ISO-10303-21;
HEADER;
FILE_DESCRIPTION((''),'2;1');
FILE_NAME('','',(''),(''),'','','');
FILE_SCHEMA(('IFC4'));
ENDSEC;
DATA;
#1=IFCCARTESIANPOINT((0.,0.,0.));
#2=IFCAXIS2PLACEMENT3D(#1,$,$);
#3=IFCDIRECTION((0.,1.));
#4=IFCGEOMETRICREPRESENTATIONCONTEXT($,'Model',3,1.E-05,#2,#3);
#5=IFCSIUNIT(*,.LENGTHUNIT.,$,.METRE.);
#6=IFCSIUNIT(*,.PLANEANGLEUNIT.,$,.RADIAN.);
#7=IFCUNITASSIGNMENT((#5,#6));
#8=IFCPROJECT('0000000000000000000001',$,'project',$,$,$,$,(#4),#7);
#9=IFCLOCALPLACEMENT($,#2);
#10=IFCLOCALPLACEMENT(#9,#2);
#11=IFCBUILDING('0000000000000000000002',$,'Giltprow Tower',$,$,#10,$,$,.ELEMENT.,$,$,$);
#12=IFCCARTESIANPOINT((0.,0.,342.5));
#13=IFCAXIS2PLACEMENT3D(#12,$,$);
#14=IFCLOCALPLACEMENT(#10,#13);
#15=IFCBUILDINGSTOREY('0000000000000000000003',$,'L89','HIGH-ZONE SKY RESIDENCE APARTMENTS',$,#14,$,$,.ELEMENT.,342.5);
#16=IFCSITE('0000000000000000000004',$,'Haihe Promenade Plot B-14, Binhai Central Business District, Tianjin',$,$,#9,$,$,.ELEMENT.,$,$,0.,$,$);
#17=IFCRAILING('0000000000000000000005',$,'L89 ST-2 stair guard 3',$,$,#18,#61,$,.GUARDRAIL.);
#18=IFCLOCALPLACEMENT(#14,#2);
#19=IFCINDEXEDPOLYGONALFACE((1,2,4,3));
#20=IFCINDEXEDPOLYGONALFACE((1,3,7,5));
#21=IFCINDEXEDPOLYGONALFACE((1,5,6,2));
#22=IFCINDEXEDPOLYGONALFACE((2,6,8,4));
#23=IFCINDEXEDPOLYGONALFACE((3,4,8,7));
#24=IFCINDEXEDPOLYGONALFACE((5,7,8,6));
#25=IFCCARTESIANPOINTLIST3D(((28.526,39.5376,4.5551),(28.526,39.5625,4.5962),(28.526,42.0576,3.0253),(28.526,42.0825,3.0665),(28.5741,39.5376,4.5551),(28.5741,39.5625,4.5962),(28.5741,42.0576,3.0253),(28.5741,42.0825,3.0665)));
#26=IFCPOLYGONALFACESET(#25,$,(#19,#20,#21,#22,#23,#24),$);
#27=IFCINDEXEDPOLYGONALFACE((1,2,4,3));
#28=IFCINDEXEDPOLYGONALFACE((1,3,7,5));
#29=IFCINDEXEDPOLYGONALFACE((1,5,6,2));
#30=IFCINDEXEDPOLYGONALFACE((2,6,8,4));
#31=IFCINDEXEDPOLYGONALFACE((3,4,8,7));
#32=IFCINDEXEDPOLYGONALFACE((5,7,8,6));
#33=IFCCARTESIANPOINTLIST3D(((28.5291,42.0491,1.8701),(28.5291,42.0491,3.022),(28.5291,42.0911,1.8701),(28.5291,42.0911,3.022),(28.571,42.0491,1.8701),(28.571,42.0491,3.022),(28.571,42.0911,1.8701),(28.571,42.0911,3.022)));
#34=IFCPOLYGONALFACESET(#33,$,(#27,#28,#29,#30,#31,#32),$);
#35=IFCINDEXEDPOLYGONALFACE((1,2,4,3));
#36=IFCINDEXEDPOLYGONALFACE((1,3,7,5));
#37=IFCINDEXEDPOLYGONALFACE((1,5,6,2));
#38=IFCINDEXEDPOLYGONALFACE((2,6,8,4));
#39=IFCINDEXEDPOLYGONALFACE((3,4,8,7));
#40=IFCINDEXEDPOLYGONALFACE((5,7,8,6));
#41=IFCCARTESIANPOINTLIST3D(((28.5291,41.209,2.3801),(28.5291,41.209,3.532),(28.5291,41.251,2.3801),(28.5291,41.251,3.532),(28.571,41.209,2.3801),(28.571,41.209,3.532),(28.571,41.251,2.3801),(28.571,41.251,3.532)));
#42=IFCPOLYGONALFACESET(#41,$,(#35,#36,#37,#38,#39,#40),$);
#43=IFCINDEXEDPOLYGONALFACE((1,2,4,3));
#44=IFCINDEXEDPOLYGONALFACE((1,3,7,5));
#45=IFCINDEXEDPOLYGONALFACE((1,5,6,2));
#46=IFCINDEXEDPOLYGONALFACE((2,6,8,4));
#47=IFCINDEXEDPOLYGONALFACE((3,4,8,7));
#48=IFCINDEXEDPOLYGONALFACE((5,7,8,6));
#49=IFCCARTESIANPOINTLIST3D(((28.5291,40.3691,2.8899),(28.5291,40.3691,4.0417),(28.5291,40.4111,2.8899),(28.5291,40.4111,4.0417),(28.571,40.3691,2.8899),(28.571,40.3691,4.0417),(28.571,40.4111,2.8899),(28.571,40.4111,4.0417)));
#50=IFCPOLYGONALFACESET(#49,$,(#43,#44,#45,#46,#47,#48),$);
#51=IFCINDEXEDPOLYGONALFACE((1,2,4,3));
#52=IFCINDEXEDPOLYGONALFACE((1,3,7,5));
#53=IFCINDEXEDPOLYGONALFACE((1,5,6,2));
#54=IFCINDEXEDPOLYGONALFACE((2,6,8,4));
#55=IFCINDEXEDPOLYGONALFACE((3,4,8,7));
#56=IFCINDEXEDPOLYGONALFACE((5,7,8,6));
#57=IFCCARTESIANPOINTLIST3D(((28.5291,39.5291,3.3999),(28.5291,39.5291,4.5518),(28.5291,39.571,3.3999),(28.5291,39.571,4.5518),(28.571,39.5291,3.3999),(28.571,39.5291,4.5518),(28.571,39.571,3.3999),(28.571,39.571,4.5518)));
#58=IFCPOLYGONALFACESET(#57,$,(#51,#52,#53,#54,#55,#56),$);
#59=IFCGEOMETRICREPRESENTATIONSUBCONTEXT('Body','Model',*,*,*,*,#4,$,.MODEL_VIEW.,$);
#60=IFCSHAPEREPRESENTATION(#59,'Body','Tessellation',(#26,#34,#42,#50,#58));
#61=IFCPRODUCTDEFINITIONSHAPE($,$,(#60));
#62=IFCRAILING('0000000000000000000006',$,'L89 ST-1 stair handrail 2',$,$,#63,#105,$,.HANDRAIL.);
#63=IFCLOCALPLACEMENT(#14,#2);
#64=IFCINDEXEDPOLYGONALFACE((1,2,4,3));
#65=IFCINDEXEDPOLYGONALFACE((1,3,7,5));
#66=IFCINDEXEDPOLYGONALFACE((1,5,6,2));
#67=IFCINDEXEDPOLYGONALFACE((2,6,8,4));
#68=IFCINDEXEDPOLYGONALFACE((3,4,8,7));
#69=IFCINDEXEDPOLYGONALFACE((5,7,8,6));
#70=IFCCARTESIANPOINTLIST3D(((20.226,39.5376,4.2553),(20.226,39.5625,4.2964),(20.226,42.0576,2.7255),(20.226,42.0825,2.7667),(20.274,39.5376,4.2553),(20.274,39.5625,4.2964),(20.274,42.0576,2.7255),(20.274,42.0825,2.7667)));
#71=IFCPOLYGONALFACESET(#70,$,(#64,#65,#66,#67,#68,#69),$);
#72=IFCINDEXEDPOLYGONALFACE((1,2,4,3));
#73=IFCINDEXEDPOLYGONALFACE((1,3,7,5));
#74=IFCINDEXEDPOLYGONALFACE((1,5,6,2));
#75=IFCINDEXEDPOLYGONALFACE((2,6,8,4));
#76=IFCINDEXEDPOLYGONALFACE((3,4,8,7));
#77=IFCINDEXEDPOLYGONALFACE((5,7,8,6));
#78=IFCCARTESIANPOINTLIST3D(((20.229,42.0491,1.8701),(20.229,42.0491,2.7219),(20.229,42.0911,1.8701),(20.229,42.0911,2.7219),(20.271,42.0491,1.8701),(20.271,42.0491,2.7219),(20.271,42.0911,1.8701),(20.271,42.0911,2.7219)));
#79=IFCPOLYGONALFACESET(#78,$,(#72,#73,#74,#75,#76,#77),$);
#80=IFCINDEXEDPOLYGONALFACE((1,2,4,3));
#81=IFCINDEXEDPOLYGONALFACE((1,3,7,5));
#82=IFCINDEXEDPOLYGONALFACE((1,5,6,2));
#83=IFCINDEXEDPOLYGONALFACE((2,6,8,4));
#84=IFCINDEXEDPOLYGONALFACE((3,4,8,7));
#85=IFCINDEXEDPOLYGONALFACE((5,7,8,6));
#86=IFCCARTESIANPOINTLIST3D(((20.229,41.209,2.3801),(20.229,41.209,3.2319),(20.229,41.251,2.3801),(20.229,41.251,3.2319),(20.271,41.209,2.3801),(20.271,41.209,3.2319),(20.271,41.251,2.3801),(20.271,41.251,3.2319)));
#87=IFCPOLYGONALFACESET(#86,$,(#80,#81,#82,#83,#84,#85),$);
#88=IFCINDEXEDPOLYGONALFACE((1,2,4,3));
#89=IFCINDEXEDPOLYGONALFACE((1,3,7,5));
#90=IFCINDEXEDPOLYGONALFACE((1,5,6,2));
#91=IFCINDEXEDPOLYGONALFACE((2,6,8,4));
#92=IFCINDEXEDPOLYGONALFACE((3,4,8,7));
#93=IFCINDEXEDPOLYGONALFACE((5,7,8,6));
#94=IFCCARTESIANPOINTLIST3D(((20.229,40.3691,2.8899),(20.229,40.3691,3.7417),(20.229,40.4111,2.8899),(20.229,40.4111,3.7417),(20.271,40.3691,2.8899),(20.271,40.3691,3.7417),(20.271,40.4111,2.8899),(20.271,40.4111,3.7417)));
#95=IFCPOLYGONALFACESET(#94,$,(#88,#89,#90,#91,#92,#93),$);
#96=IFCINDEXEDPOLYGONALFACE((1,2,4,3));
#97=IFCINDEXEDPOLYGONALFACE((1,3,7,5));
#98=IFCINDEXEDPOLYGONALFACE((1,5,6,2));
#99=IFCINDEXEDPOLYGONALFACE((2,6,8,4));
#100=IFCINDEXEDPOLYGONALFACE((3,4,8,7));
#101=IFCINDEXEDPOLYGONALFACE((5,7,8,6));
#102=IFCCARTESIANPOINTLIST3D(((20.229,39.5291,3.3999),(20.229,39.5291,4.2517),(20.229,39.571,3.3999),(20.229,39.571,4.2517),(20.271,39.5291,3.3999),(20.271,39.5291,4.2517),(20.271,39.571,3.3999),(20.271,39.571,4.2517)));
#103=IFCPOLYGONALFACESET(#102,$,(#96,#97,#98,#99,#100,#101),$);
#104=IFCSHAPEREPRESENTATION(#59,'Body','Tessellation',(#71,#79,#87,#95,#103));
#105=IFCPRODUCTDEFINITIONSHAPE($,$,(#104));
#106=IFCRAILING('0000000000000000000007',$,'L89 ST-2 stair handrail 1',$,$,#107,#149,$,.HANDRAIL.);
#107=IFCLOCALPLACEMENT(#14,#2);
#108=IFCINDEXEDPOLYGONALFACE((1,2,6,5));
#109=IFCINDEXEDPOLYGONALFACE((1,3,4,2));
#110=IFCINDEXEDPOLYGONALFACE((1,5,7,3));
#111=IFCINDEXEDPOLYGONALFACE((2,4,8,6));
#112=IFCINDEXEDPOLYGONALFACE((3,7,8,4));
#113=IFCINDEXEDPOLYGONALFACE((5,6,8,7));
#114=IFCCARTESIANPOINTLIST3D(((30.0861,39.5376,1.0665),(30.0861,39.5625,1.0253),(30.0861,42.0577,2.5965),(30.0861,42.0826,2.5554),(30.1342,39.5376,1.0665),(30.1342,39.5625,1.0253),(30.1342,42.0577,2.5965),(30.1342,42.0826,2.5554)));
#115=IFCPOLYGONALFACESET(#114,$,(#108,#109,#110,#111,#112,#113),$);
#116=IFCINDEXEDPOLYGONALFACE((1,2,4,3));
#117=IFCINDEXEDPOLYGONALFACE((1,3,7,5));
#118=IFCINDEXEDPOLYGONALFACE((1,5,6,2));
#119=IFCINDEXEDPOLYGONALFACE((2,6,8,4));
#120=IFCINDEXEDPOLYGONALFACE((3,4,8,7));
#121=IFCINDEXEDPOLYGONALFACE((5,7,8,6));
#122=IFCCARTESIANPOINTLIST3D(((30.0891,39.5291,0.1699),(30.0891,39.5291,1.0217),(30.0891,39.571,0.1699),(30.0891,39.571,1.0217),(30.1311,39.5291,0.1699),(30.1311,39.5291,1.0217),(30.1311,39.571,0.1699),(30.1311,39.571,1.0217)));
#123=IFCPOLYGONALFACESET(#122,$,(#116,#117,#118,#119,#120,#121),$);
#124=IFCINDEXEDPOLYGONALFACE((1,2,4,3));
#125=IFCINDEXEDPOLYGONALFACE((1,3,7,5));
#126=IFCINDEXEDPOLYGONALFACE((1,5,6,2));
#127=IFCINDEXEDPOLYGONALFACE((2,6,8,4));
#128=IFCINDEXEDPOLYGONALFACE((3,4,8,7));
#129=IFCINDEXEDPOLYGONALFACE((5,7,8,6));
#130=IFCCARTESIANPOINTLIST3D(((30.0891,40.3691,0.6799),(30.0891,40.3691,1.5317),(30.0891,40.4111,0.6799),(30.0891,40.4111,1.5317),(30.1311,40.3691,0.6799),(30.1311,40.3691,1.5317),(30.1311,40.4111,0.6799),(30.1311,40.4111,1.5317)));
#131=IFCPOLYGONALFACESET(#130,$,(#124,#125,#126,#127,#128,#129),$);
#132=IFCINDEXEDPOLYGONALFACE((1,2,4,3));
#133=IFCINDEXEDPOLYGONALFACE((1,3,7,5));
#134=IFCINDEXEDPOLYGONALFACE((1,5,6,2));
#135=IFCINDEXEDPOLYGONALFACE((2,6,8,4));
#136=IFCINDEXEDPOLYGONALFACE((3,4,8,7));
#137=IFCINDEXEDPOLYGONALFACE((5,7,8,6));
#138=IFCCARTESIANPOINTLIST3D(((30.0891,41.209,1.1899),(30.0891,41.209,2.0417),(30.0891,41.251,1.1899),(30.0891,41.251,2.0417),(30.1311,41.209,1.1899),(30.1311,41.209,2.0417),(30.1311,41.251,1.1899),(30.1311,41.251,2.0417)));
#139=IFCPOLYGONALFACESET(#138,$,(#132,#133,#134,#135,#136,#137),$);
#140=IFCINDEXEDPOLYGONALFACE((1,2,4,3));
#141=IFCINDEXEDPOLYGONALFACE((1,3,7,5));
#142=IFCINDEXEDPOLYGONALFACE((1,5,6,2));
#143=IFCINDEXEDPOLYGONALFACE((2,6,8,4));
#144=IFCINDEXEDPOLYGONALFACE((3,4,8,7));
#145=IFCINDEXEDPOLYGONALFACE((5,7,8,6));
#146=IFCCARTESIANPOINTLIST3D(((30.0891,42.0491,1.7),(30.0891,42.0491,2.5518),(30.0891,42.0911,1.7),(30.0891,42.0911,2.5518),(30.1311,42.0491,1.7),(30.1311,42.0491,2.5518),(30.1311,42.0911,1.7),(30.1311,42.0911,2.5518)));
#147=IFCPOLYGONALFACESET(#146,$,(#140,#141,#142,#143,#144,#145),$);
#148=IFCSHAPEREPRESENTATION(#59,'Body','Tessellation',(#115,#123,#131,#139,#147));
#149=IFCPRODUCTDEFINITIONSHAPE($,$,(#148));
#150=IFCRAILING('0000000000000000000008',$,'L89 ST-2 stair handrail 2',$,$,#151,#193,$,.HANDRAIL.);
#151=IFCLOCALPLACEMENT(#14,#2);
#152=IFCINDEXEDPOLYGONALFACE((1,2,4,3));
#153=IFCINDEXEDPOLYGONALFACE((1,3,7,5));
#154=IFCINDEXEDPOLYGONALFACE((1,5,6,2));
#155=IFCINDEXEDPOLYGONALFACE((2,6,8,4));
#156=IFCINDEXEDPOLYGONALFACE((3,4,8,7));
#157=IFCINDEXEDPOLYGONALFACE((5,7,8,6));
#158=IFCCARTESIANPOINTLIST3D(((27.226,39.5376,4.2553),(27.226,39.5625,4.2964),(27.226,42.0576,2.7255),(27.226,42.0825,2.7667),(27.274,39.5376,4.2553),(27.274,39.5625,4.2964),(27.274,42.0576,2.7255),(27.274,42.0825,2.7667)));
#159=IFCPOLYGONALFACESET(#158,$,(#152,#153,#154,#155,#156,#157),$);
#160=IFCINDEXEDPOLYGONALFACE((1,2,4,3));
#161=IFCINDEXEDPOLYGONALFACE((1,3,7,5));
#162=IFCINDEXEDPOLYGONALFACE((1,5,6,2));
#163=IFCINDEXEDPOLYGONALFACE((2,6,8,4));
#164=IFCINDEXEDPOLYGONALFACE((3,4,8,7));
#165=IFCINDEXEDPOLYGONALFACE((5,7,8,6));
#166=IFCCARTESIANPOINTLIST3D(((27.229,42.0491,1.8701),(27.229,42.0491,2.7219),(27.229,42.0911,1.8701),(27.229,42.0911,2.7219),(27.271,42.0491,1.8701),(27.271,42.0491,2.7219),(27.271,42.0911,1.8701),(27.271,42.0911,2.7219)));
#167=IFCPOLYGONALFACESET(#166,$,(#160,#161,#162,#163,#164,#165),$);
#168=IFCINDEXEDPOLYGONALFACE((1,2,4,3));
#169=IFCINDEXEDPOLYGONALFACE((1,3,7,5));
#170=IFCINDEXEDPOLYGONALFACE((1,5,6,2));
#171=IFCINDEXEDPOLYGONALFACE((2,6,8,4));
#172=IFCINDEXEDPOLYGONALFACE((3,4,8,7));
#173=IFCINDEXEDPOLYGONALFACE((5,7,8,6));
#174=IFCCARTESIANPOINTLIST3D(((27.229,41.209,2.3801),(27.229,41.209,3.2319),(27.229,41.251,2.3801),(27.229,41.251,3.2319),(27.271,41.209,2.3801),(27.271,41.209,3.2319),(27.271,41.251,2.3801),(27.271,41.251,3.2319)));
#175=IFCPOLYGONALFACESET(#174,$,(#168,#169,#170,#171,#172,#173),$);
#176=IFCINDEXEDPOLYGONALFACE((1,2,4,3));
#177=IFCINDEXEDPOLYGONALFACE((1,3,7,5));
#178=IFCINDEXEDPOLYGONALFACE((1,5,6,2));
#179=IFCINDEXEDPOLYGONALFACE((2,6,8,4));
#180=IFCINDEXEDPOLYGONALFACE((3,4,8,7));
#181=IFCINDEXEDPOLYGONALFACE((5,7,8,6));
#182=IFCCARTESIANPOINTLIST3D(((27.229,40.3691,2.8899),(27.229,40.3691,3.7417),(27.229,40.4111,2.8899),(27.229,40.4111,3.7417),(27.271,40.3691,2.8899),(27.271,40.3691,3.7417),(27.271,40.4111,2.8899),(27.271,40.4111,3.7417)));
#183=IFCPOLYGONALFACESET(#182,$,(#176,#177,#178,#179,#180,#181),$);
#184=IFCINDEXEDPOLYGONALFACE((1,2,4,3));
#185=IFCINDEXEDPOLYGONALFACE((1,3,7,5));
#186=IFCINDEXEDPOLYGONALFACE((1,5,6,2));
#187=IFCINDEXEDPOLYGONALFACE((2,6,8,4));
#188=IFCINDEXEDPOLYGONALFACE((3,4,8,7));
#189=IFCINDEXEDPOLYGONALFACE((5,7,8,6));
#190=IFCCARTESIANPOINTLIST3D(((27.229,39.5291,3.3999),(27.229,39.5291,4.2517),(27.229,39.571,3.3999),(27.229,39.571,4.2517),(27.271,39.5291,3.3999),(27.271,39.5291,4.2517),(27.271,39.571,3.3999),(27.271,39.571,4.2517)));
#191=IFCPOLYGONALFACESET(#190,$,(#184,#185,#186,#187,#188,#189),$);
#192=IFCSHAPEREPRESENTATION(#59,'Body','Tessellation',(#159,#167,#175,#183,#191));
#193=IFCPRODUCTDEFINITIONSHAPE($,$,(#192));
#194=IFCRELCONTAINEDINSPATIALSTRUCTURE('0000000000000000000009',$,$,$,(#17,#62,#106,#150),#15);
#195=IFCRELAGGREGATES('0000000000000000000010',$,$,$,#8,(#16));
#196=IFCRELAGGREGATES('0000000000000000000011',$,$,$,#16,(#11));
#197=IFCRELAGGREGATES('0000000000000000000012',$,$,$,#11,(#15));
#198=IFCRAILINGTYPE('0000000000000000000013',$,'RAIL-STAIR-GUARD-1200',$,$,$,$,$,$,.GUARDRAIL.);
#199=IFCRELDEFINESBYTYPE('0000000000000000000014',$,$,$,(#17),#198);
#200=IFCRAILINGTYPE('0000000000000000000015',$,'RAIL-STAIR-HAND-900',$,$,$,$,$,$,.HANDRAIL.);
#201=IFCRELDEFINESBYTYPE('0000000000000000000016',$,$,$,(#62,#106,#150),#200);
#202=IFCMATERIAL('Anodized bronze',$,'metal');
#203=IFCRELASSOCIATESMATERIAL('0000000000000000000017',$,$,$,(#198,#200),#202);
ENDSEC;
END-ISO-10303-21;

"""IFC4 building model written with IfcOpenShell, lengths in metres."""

from ifc_helpers import new_model, si_unit, direction, frame, origin, origin_2d, place, context, subcontext, project, spatial, rectangle, extrude, material, type_object, element, save


model = new_model("IFC4")

# Units and contexts
model_context = context("Model", 3, precision=1e-05, world=origin(), true_north=direction((0.0, 1.0)))
body_context = subcontext(model_context, "Body", "Model", "MODEL_VIEW")
ifc_project = project(units=[si_unit("LENGTHUNIT", "METRE"), si_unit("PLANEANGLEUNIT", "RADIAN")], contexts=[model_context])

# Site, building, storey
site_placement = place(None, origin())
site = spatial("IfcSite", under=ifc_project, at=site_placement, Name="Haihe Promenade Plot B-14, Binhai Central Business District, Tianjin", CompositionType="ELEMENT", RefElevation=0.0)
building_placement = place(site_placement, origin())
building = spatial("IfcBuilding", under=site, at=building_placement, Name="Giltprow Tower", CompositionType="ELEMENT")
storey_placement = place(building_placement, frame((0.0, 0.0, 342.5)))
storey = spatial("IfcBuildingStorey", under=building, at=storey_placement, Name="L89", Description="HIGH-ZONE SKY RESIDENCE APARTMENTS", CompositionType="ELEMENT", Elevation=342.5)

# Railings
ifc_material_1 = material(Name="Anodized bronze", Category="metal")
railing_type_1 = type_object("IfcRailingType", Name="RAIL-STAIR-GUARD-1200", PredefinedType="GUARDRAIL", material=ifc_material_1)
railing_1_placement = place(storey_placement, frame((28.55, 42.0701, 1.8701)))
element("IfcRailing", 1, at=railing_1_placement, inside=storey, type_object=railing_type_1, Name="L89 ST-2 stair guard 3", PredefinedType="GUARDRAIL", context=body_context, shape_type="SweptSolid", body=[
    extrude(rectangle(XDim=0.0481, YDim=0.0481, at=origin_2d()), frame((0.0, 0.0, 1.1758), z_axis=(0.0, -0.854822, 0.518922), x_axis=(1.0, 0.0, 0.0)), (0.0, 0.0, 1.0), 2.948),
    extrude(rectangle(XDim=0.042, YDim=0.042, at=origin_2d()), origin(), (0.0, 0.0, 1.0), 1.1519),
    extrude(rectangle(XDim=0.042, YDim=0.042, at=origin_2d()), frame((0.0, -0.8401, 0.51)), (0.0, 0.0, 1.0), 1.1519),
    extrude(rectangle(XDim=0.042, YDim=0.042, at=origin_2d()), frame((0.0, -1.6799, 1.0198)), (0.0, 0.0, 1.0), 1.1519),
    extrude(rectangle(XDim=0.042, YDim=0.042, at=origin_2d()), frame((0.0, -2.52, 1.5298)), (0.0, 0.0, 1.0), 1.1519),
])
railing_type_2 = type_object("IfcRailingType", Name="RAIL-STAIR-HAND-900", PredefinedType="HANDRAIL", material=ifc_material_1)
railing_2_placement = place(storey_placement, frame((20.25, 42.0701, 1.8701)))
element("IfcRailing", 2, at=railing_2_placement, inside=storey, type_object=railing_type_2, Name="L89 ST-1 stair handrail 2", PredefinedType="HANDRAIL", context=body_context, shape_type="SweptSolid", body=[
    extrude(rectangle(XDim=0.0481, YDim=0.0481, at=origin_2d()), frame((0.0, 0.0, 0.876), z_axis=(0.0, -0.854822, 0.518922), x_axis=(1.0, 0.0, 0.0)), (0.0, 0.0, 1.0), 2.948),
    extrude(rectangle(XDim=0.042, YDim=0.042, at=origin_2d()), origin(), (0.0, 0.0, 1.0), 0.8518),
    extrude(rectangle(XDim=0.042, YDim=0.042, at=origin_2d()), frame((0.0, -0.8401, 0.51)), (0.0, 0.0, 1.0), 0.8518),
    extrude(rectangle(XDim=0.042, YDim=0.042, at=origin_2d()), frame((0.0, -1.6799, 1.0198)), (0.0, 0.0, 1.0), 0.8518),
    extrude(rectangle(XDim=0.042, YDim=0.042, at=origin_2d()), frame((0.0, -2.52, 1.5298)), (0.0, 0.0, 1.0), 0.8518),
])
railing_3_placement = place(storey_placement, frame((30.1101, 39.55, 0.1699)))
element("IfcRailing", 3, at=railing_3_placement, inside=storey, type_object=railing_type_2, Name="L89 ST-2 stair handrail 1", PredefinedType="HANDRAIL", context=body_context, shape_type="SweptSolid", body=[
    extrude(rectangle(XDim=0.0481, YDim=0.0481, at=origin_2d()), frame((0.0, 0.0, 0.876), z_axis=(0.0, 0.854785, 0.518982), x_axis=(-1.0, 0.0, 0.0)), (0.0, 0.0, 1.0), 2.9482),
    extrude(rectangle(XDim=0.042, YDim=0.042, at=origin_2d()), origin(), (0.0, 0.0, 1.0), 0.8518),
    extrude(rectangle(XDim=0.042, YDim=0.042, at=origin_2d()), frame((0.0, 0.8401, 0.51)), (0.0, 0.0, 1.0), 0.8518),
    extrude(rectangle(XDim=0.042, YDim=0.042, at=origin_2d()), frame((0.0, 1.6799, 1.02)), (0.0, 0.0, 1.0), 0.8518),
    extrude(rectangle(XDim=0.042, YDim=0.042, at=origin_2d()), frame((0.0, 2.52, 1.53)), (0.0, 0.0, 1.0), 0.8518),
])
railing_4_placement = place(storey_placement, frame((27.25, 42.0701, 1.8701)))
element("IfcRailing", 4, at=railing_4_placement, inside=storey, type_object=railing_type_2, Name="L89 ST-2 stair handrail 2", PredefinedType="HANDRAIL", context=body_context, shape_type="SweptSolid", body=[
    extrude(rectangle(XDim=0.0481, YDim=0.0481, at=origin_2d()), frame((0.0, 0.0, 0.876), z_axis=(0.0, -0.854822, 0.518922), x_axis=(1.0, 0.0, 0.0)), (0.0, 0.0, 1.0), 2.948),
    extrude(rectangle(XDim=0.042, YDim=0.042, at=origin_2d()), origin(), (0.0, 0.0, 1.0), 0.8518),
    extrude(rectangle(XDim=0.042, YDim=0.042, at=origin_2d()), frame((0.0, -0.8401, 0.51)), (0.0, 0.0, 1.0), 0.8518),
    extrude(rectangle(XDim=0.042, YDim=0.042, at=origin_2d()), frame((0.0, -1.6799, 1.0198)), (0.0, 0.0, 1.0), 0.8518),
    extrude(rectangle(XDim=0.042, YDim=0.042, at=origin_2d()), frame((0.0, -2.52, 1.5298)), (0.0, 0.0, 1.0), 0.8518),
])

save(model, "model.ifc")
